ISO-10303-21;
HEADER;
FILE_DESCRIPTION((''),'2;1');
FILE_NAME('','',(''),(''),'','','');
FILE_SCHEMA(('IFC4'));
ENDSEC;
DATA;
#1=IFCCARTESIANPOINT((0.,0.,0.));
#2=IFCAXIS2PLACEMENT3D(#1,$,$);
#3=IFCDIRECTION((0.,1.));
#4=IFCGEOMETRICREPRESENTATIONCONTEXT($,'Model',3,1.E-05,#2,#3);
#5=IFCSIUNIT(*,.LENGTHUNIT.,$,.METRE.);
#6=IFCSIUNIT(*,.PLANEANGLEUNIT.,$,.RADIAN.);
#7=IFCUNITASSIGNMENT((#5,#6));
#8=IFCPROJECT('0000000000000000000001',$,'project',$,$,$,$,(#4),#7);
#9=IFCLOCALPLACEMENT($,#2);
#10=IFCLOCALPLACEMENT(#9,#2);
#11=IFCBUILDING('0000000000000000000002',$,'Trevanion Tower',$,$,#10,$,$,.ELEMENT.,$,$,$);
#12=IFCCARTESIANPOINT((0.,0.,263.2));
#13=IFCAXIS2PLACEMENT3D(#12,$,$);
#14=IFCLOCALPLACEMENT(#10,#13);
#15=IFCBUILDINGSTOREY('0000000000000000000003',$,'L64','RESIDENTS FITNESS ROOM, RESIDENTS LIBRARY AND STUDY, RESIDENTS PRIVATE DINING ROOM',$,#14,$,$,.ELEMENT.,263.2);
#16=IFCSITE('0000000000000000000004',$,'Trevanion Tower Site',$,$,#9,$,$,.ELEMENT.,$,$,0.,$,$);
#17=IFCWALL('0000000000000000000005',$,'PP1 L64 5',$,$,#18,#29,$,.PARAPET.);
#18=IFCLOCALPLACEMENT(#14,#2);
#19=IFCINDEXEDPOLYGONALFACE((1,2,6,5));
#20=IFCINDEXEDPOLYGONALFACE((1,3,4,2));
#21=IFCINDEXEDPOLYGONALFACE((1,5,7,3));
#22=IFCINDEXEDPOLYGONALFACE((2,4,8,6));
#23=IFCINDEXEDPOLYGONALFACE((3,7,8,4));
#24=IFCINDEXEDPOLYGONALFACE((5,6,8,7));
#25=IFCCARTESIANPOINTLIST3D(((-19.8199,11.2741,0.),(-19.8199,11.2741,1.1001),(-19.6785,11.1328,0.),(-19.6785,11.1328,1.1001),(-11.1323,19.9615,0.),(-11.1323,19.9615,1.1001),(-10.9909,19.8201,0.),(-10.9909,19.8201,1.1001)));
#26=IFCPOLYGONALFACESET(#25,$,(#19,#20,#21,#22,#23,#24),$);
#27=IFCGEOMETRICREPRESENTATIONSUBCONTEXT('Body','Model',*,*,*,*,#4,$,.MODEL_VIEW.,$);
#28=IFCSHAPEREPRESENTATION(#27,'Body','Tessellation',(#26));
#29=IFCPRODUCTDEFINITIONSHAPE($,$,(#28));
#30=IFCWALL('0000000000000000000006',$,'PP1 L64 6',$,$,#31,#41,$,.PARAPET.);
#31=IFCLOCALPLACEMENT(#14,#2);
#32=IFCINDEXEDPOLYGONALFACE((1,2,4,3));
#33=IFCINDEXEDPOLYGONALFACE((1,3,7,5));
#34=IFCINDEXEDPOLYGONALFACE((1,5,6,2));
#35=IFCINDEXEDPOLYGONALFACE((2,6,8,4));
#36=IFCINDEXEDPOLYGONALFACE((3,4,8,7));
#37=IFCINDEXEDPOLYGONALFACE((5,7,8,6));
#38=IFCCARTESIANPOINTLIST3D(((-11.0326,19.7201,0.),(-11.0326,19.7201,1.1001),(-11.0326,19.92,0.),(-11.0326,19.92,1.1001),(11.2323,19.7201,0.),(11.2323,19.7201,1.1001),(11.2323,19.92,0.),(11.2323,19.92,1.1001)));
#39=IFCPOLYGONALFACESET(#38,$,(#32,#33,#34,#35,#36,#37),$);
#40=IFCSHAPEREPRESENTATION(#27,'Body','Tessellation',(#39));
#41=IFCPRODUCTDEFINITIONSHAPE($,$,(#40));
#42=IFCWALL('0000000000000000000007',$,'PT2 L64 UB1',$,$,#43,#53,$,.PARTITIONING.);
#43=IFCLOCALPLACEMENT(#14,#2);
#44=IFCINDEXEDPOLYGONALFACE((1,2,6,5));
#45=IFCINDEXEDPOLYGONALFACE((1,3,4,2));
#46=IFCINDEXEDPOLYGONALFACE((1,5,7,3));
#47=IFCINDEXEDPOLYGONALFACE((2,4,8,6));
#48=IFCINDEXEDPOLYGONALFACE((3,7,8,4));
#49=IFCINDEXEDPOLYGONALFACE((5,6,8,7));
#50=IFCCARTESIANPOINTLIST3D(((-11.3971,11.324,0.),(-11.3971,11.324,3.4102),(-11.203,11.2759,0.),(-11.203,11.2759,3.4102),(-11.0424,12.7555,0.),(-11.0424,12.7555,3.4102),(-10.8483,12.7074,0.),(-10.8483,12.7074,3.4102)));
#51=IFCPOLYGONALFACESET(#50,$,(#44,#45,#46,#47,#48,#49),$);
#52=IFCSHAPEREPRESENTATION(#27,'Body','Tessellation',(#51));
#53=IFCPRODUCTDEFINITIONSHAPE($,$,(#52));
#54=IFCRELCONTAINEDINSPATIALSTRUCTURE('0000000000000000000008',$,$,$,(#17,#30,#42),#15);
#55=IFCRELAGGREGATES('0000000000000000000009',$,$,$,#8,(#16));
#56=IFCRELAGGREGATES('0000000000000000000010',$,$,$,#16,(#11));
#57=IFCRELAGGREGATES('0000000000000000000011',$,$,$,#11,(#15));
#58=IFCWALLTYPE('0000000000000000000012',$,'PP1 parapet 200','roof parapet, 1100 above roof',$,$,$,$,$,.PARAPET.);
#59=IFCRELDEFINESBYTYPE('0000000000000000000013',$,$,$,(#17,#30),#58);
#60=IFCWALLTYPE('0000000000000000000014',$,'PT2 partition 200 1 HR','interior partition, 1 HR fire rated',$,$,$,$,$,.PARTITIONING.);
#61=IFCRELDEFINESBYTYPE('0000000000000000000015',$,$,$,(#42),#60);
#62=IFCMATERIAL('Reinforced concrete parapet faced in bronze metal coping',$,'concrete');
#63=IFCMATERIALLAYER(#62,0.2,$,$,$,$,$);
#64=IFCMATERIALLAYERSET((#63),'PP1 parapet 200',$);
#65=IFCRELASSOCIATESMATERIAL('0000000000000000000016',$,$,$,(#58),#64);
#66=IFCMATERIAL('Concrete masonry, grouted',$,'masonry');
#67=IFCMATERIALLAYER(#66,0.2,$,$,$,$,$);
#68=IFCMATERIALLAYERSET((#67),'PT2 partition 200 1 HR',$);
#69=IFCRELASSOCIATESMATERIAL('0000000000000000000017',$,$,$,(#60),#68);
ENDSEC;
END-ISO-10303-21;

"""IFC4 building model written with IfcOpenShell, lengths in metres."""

from ifc_helpers import new_model, si_unit, direction, frame, frame_2d, origin, place, context, subcontext, project, spatial, rectangle, extrude, material, layer, layer_set, type_object, element, save


model = new_model("IFC4")

# Units and contexts
model_context = context("Model", 3, precision=1e-05, world=origin(), true_north=direction((0.0, 1.0)))
body_context = subcontext(model_context, "Body", "Model", "MODEL_VIEW")
ifc_project = project(units=[si_unit("LENGTHUNIT", "METRE"), si_unit("PLANEANGLEUNIT", "RADIAN")], contexts=[model_context])

# Site, building, storey
site_placement = place(None, origin())
site = spatial("IfcSite", under=ifc_project, at=site_placement, Name="Trevanion Tower Site", CompositionType="ELEMENT", RefElevation=0.0)
building_placement = place(site_placement, origin())
building = spatial("IfcBuilding", under=site, at=building_placement, Name="Trevanion Tower", CompositionType="ELEMENT")
storey_placement = place(building_placement, frame((0.0, 0.0, 263.2)))
storey = spatial("IfcBuildingStorey", under=building, at=storey_placement, Name="L64", Description="RESIDENTS FITNESS ROOM, RESIDENTS LIBRARY AND STUDY, RESIDENTS PRIVATE DINING ROOM", CompositionType="ELEMENT", Elevation=263.2)

# Walls
ifc_material_1 = material(Name="Reinforced concrete parapet faced in bronze metal coping", Category="concrete")
ifc_layer_1 = layer(ifc_material_1, 0.2)
ifc_layer_set_1 = layer_set([ifc_layer_1], Name="PP1 parapet 200")
wall_type_1 = type_object("IfcWallType", Name="PP1 parapet 200", Description="roof parapet, 1100 above roof", PredefinedType="PARAPET", material=ifc_layer_set_1)
wall_1_placement = place(storey_placement, frame((-19.7493, 11.2034, 0.0), z_axis=(0.0, 0.0, 1.0), x_axis=(0.707117, 0.707097, 0.0)))
element("IfcWall", 1, at=wall_1_placement, inside=storey, type_object=wall_type_1, Name="PP1 L64 5", PredefinedType="PARAPET", context=body_context, shape_type="SweptSolid", body=[
    extrude(rectangle(XDim=12.2859, YDim=0.2, at=frame_2d((6.1431, 0.0))), origin(), (0.0, 0.0, 1.0), 1.1001),
])
wall_2_placement = place(storey_placement, frame((-11.0325, 19.8201, 0.0), z_axis=(0.0, 0.0, 1.0), x_axis=(1.0, 0.0, 0.0)))
element("IfcWall", 2, at=wall_2_placement, inside=storey, type_object=wall_type_1, Name="PP1 L64 6", PredefinedType="PARAPET", context=body_context, shape_type="SweptSolid", body=[
    extrude(rectangle(XDim=22.2649, YDim=0.2, at=frame_2d((11.1323, 0.0))), origin(), (0.0, 0.0, 1.0), 1.1001),
])
ifc_material_2 = material(Name="Concrete masonry, grouted", Category="masonry")
ifc_layer_2 = layer(ifc_material_2, 0.2)
ifc_layer_set_2 = layer_set([ifc_layer_2], Name="PT2 partition 200 1 HR")
wall_type_2 = type_object("IfcWallType", Name="PT2 partition 200 1 HR", Description="interior partition, 1 HR fire rated", PredefinedType="PARTITIONING", material=ifc_layer_set_2)
wall_3_placement = place(storey_placement, frame((-11.3, 11.3, 0.0), z_axis=(0.0, 0.0, 1.0), x_axis=(0.24051, 0.970647, 0.0)))
element("IfcWall", 3, at=wall_3_placement, inside=storey, type_object=wall_type_2, Name="PT2 L64 UB1", PredefinedType="PARTITIONING", context=body_context, shape_type="SweptSolid", body=[
    extrude(rectangle(XDim=1.4749, YDim=0.2, at=frame_2d((0.7373, 0.0))), origin(), (0.0, 0.0, 1.0), 3.4102),
])

save(model, "model.ifc")
